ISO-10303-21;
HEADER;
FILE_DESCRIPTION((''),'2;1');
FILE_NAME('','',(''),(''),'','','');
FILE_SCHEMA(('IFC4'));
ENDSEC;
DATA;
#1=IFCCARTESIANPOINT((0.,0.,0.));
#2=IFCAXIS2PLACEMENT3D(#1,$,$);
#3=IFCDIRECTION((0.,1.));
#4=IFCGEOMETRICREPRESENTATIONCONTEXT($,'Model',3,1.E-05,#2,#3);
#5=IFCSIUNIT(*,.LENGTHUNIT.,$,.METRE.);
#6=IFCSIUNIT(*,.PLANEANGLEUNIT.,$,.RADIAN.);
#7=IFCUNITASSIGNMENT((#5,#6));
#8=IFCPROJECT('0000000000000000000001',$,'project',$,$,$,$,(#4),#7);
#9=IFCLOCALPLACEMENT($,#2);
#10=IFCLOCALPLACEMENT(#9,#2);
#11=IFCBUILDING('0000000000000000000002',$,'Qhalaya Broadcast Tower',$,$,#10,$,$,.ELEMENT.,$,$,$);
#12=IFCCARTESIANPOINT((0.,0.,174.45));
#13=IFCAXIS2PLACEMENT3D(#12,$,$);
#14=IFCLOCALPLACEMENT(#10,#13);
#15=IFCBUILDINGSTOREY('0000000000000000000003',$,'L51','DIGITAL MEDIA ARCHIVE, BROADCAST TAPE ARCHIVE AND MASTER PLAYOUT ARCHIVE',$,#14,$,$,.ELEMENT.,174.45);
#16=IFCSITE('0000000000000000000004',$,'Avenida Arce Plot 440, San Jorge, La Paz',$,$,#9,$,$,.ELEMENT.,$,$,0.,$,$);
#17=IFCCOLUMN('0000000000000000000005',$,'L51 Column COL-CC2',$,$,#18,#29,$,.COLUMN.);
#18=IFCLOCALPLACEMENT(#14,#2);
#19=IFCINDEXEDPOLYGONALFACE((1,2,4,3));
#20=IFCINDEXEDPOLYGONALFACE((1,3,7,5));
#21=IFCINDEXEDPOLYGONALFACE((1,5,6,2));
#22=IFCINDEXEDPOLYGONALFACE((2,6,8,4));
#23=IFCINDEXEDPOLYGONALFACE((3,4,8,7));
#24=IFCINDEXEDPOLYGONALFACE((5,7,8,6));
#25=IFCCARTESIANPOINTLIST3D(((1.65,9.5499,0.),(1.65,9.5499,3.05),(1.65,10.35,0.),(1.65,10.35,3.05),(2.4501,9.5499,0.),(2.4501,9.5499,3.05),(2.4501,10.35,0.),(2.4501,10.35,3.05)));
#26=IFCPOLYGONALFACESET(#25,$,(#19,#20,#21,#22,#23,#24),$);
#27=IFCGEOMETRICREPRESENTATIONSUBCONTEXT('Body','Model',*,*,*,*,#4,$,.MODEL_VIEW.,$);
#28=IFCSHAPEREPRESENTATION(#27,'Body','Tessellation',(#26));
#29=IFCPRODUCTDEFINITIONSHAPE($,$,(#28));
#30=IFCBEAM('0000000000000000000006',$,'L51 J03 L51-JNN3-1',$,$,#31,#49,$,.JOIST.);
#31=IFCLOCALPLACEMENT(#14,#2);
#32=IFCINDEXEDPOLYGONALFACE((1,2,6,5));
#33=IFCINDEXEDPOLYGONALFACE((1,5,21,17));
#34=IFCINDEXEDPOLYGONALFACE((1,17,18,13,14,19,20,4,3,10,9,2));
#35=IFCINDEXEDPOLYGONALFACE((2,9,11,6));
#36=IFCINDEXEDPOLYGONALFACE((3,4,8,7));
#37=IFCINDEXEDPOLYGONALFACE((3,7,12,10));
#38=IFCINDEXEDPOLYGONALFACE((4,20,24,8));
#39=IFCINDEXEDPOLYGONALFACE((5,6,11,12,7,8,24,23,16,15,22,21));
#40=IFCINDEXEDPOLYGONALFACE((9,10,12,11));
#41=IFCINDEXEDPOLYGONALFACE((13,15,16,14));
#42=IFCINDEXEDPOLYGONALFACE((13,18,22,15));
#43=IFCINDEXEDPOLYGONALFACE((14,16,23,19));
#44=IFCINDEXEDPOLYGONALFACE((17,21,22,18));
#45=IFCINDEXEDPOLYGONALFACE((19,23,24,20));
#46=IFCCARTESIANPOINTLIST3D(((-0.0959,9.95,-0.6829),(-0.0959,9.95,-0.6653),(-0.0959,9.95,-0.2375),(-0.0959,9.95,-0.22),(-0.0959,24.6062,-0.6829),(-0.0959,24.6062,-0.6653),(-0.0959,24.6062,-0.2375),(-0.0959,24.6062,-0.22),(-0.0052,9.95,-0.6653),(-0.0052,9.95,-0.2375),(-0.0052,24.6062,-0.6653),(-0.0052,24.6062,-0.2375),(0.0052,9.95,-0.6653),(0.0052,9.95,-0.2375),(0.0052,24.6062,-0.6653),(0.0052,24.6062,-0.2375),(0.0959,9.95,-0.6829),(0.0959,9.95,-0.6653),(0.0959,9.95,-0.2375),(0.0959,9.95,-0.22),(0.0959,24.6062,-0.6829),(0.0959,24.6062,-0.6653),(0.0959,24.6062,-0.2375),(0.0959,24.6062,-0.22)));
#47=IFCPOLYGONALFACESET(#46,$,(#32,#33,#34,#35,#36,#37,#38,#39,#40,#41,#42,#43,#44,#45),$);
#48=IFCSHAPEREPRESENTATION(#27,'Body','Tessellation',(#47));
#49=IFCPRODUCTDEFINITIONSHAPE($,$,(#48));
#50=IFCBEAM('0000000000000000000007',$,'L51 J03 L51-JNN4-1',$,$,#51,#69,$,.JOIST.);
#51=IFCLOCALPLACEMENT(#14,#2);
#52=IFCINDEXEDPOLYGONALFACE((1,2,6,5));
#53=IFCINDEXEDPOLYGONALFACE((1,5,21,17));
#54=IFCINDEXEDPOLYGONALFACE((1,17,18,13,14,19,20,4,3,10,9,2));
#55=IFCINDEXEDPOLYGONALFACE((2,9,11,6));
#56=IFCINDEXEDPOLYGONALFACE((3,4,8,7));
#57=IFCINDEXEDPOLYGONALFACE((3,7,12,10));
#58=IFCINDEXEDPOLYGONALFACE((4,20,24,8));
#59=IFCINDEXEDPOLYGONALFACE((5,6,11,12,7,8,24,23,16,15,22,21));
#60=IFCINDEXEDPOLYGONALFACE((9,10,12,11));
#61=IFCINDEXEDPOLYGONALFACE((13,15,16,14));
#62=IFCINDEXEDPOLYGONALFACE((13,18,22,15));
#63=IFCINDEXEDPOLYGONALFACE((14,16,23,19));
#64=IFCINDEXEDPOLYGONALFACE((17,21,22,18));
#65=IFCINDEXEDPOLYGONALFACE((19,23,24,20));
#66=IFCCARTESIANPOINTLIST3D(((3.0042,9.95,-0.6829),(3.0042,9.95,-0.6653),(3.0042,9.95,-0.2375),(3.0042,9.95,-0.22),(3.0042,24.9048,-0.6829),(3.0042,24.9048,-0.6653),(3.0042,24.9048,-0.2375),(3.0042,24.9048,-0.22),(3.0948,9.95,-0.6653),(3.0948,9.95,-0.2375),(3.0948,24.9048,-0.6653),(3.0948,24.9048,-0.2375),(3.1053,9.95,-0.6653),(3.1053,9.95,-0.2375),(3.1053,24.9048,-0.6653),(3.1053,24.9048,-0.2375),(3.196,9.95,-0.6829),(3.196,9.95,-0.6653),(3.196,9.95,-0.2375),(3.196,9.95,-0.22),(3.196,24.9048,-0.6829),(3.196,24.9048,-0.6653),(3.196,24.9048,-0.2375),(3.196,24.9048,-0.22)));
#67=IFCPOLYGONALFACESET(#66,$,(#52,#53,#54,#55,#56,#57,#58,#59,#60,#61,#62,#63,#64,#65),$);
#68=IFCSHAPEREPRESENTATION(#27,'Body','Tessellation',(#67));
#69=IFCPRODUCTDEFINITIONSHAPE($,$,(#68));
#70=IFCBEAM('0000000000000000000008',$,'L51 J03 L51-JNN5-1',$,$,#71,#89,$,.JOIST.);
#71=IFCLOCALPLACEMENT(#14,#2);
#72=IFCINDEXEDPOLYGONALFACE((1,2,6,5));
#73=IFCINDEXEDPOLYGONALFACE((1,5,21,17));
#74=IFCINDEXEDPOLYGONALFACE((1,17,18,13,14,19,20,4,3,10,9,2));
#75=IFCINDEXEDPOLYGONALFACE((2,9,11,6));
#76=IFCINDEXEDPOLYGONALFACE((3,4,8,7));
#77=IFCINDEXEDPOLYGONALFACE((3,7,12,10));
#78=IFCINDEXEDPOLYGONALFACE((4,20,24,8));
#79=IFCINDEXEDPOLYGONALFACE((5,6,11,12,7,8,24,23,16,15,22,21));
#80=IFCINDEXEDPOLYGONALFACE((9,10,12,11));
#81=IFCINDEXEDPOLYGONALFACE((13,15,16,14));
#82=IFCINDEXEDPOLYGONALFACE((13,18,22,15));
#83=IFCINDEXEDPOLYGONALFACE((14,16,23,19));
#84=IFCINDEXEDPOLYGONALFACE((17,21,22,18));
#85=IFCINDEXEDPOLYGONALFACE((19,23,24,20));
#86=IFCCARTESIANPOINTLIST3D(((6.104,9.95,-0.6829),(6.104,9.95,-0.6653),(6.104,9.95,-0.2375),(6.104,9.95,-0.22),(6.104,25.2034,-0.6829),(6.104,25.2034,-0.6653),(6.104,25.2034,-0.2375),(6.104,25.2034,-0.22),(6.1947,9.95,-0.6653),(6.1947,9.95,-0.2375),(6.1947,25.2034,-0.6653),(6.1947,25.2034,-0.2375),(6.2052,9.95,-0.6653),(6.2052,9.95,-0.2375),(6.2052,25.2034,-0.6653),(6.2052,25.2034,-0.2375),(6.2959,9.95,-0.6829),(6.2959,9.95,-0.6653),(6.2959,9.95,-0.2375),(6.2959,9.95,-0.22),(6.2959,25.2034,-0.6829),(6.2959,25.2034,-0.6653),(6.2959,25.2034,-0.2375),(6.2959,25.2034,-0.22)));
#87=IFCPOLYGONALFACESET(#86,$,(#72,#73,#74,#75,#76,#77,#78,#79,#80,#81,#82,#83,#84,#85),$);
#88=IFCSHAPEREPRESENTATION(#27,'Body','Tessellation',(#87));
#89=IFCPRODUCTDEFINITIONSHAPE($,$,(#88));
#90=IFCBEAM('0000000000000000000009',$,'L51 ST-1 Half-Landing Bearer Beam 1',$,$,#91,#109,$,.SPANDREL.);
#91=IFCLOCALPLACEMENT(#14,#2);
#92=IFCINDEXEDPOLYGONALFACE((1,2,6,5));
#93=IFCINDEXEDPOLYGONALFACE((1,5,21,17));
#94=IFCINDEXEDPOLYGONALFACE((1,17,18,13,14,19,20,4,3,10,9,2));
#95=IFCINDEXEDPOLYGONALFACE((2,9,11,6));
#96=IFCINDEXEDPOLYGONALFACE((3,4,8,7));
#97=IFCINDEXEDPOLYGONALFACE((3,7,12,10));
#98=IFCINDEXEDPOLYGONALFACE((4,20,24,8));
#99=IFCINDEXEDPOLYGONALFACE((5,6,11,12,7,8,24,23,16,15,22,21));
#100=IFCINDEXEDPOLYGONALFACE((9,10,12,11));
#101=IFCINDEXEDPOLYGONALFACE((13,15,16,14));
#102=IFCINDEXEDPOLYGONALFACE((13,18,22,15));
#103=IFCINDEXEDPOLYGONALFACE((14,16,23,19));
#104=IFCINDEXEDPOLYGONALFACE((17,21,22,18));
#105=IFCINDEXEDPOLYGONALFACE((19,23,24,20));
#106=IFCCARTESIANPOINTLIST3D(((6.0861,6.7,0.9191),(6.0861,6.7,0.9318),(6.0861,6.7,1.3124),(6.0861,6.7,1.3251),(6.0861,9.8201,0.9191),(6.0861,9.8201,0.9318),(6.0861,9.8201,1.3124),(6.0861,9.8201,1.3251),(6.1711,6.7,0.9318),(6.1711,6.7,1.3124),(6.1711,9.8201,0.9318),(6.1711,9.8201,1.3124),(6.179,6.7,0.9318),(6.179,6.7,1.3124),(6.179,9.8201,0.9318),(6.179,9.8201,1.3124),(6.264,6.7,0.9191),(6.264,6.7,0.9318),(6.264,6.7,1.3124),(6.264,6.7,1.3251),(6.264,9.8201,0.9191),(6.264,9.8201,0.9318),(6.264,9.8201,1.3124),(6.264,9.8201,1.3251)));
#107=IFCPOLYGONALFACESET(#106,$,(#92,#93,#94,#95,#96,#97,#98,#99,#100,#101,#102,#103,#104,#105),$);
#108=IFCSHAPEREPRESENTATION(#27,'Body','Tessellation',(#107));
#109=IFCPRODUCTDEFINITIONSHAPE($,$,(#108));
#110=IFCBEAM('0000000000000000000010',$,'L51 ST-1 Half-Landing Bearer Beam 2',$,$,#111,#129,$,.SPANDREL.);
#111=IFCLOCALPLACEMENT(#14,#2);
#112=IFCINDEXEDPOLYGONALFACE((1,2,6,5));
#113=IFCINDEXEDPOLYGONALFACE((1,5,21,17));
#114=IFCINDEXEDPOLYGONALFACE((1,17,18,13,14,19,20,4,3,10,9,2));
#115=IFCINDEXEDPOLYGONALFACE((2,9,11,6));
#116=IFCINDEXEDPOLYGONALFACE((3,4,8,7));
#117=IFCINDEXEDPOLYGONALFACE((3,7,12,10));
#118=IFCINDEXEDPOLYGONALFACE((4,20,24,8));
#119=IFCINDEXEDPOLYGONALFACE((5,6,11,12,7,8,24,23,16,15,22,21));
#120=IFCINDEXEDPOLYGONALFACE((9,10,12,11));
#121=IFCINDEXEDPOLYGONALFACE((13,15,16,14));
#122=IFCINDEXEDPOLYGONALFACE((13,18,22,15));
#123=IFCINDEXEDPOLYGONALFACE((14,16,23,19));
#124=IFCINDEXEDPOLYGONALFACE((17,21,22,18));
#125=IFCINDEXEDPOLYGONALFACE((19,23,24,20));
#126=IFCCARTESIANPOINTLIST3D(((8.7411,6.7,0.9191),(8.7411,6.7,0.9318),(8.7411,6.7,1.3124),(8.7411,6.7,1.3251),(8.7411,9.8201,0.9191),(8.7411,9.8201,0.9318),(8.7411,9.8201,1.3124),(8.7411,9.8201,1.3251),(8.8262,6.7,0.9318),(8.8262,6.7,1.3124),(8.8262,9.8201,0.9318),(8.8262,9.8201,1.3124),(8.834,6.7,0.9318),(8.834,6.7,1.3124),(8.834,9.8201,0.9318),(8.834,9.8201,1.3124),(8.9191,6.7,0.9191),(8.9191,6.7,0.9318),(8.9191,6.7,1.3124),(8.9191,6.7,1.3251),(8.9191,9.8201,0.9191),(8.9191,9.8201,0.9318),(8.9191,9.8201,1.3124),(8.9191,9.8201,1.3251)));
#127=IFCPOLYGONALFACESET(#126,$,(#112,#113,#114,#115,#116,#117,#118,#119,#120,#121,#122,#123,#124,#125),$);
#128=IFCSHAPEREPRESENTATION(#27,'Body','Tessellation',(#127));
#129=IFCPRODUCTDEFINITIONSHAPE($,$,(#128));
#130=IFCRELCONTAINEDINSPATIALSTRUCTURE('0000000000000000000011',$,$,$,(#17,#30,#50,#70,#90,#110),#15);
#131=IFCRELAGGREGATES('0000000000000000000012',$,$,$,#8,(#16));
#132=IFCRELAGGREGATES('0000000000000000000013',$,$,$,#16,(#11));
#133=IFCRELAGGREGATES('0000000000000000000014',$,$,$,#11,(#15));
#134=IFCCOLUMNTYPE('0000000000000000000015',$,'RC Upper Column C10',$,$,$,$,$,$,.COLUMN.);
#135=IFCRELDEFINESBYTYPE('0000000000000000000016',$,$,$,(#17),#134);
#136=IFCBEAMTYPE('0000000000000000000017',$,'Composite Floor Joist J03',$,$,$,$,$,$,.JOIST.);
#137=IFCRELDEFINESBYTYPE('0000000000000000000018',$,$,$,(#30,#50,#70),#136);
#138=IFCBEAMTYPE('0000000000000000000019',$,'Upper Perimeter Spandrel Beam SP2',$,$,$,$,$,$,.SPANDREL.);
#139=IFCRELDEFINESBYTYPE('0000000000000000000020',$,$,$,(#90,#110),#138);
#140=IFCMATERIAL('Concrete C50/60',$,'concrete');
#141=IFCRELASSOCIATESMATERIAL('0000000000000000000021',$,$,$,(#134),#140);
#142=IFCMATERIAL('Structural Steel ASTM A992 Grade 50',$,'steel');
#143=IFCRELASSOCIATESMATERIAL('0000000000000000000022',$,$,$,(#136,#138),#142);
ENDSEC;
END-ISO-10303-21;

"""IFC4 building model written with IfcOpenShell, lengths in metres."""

from ifc_helpers import new_model, si_unit, direction, frame, origin, origin_2d, place, context, subcontext, project, spatial, rectangle, i_section, extrude, material, material_profile, profile_set, type_object, element, save


model = new_model("IFC4")

# Units and contexts
model_context = context("Model", 3, precision=1e-05, world=origin(), true_north=direction((0.0, 1.0)))
body_context = subcontext(model_context, "Body", "Model", "MODEL_VIEW")
ifc_project = project(units=[si_unit("LENGTHUNIT", "METRE"), si_unit("PLANEANGLEUNIT", "RADIAN")], contexts=[model_context])

# Site, building, storey
site_placement = place(None, origin())
site = spatial("IfcSite", under=ifc_project, at=site_placement, Name="Avenida Arce Plot 440, San Jorge, La Paz", CompositionType="ELEMENT", RefElevation=0.0)
building_placement = place(site_placement, origin())
building = spatial("IfcBuilding", under=site, at=building_placement, Name="Qhalaya Broadcast Tower", CompositionType="ELEMENT")
storey_placement = place(building_placement, frame((0.0, 0.0, 174.45)))
storey = spatial("IfcBuildingStorey", under=building, at=storey_placement, Name="L51", Description="DIGITAL MEDIA ARCHIVE, BROADCAST TAPE ARCHIVE AND MASTER PLAYOUT ARCHIVE", CompositionType="ELEMENT", Elevation=174.45)

# Column
ifc_material_1 = material(Name="Concrete C50/60", Category="concrete")
ifc_material_profile_1 = material_profile(ifc_material_1, rectangle(XDim=0.8, YDim=0.8, at=origin_2d()), Name="RC-COL 800x800")
ifc_profile_set_1 = profile_set([ifc_material_profile_1], Name="Concrete C50/60")
column_type = type_object("IfcColumnType", Name="RC Upper Column C10", PredefinedType="COLUMN", material=ifc_profile_set_1)
column_placement = place(storey_placement, frame((2.05, 9.95, 0.0), z_axis=(0.0, 0.0, 1.0), x_axis=(1.0, 0.0, 0.0)))
element("IfcColumn", 1, at=column_placement, inside=storey, type_object=column_type, Name="L51 Column COL-CC2", PredefinedType="COLUMN", context=body_context, shape_type="SweptSolid", body=[
    extrude(rectangle(XDim=0.8, YDim=0.8, at=origin_2d()), origin(), (0.0, 0.0, 1.0), 3.05),
])

# Beams
ifc_material_2 = material(Name="Structural Steel ASTM A992 Grade 50", Category="steel")
ifc_material_profile_2 = material_profile(ifc_material_2, i_section(OverallWidth=0.1919, OverallDepth=0.4629, WebThickness=0.0105, FlangeThickness=0.0176, at=origin_2d()), Name="W18X60")
ifc_profile_set_2 = profile_set([ifc_material_profile_2], Name="Structural Steel ASTM A992 Grade 50")
beam_type_1 = type_object("IfcBeamType", Name="Composite Floor Joist J03", PredefinedType="JOIST", material=ifc_profile_set_2)
beam_1_placement = place(storey_placement, frame((0.0, 9.95, -0.4514), z_axis=(0.0, 1.0, 0.0), x_axis=(-1.0, 0.0, 0.0)))
element("IfcBeam", 2, at=beam_1_placement, inside=storey, type_object=beam_type_1, Name="L51 J03 L51-JNN3-1", PredefinedType="JOIST", context=body_context, shape_type="SweptSolid", body=[
    extrude(i_section(OverallWidth=0.1919, OverallDepth=0.4629, WebThickness=0.0105, FlangeThickness=0.0176, at=origin_2d()), origin(), (0.0, 0.0, 1.0), 14.6562),
])
beam_2_placement = place(storey_placement, frame((3.1001, 9.95, -0.4514), z_axis=(0.0, 1.0, 0.0), x_axis=(-1.0, 0.0, 0.0)))
element("IfcBeam", 3, at=beam_2_placement, inside=storey, type_object=beam_type_1, Name="L51 J03 L51-JNN4-1", PredefinedType="JOIST", context=body_context, shape_type="SweptSolid", body=[
    extrude(i_section(OverallWidth=0.1919, OverallDepth=0.4629, WebThickness=0.0105, FlangeThickness=0.0176, at=origin_2d()), origin(), (0.0, 0.0, 1.0), 14.9548),
])
beam_3_placement = place(storey_placement, frame((6.2, 9.95, -0.4514), z_axis=(0.0, 1.0, 0.0), x_axis=(-1.0, 0.0, 0.0)))
element("IfcBeam", 4, at=beam_3_placement, inside=storey, type_object=beam_type_1, Name="L51 J03 L51-JNN5-1", PredefinedType="JOIST", context=body_context, shape_type="SweptSolid", body=[
    extrude(i_section(OverallWidth=0.1919, OverallDepth=0.4629, WebThickness=0.0105, FlangeThickness=0.0176, at=origin_2d()), origin(), (0.0, 0.0, 1.0), 15.2534),
])
ifc_material_profile_3 = material_profile(ifc_material_2, i_section(OverallWidth=0.178, OverallDepth=0.406, WebThickness=0.0078, FlangeThickness=0.0127, at=origin_2d()), Name="W16X40")
ifc_profile_set_3 = profile_set([ifc_material_profile_3], Name="Structural Steel ASTM A992 Grade 50")
beam_type_2 = type_object("IfcBeamType", Name="Upper Perimeter Spandrel Beam SP2", PredefinedType="SPANDREL", material=ifc_profile_set_3)
for number, where, z_axis, x_axis, name in (
    (5, (6.175, 6.7, 1.1221), (0.0, 1.0, 0.0), (-1.0, 0.0, 0.0), "L51 ST-1 Half-Landing Bearer Beam 1"),
    (6, (8.8301, 6.7, 1.1221), (0.0, 1.0, 0.0), (-1.0, 0.0, 0.0), "L51 ST-1 Half-Landing Bearer Beam 2"),
):
    element("IfcBeam", number, at=place(storey_placement, frame(where, z_axis=z_axis, x_axis=x_axis)), inside=storey, type_object=beam_type_2, Name=name, PredefinedType="SPANDREL", context=body_context, shape_type="SweptSolid", body=[
        extrude(i_section(OverallWidth=0.178, OverallDepth=0.406, WebThickness=0.0078, FlangeThickness=0.0127, at=origin_2d()), origin(), (0.0, 0.0, 1.0), 3.1201),
    ])

save(model, "model.ifc")
